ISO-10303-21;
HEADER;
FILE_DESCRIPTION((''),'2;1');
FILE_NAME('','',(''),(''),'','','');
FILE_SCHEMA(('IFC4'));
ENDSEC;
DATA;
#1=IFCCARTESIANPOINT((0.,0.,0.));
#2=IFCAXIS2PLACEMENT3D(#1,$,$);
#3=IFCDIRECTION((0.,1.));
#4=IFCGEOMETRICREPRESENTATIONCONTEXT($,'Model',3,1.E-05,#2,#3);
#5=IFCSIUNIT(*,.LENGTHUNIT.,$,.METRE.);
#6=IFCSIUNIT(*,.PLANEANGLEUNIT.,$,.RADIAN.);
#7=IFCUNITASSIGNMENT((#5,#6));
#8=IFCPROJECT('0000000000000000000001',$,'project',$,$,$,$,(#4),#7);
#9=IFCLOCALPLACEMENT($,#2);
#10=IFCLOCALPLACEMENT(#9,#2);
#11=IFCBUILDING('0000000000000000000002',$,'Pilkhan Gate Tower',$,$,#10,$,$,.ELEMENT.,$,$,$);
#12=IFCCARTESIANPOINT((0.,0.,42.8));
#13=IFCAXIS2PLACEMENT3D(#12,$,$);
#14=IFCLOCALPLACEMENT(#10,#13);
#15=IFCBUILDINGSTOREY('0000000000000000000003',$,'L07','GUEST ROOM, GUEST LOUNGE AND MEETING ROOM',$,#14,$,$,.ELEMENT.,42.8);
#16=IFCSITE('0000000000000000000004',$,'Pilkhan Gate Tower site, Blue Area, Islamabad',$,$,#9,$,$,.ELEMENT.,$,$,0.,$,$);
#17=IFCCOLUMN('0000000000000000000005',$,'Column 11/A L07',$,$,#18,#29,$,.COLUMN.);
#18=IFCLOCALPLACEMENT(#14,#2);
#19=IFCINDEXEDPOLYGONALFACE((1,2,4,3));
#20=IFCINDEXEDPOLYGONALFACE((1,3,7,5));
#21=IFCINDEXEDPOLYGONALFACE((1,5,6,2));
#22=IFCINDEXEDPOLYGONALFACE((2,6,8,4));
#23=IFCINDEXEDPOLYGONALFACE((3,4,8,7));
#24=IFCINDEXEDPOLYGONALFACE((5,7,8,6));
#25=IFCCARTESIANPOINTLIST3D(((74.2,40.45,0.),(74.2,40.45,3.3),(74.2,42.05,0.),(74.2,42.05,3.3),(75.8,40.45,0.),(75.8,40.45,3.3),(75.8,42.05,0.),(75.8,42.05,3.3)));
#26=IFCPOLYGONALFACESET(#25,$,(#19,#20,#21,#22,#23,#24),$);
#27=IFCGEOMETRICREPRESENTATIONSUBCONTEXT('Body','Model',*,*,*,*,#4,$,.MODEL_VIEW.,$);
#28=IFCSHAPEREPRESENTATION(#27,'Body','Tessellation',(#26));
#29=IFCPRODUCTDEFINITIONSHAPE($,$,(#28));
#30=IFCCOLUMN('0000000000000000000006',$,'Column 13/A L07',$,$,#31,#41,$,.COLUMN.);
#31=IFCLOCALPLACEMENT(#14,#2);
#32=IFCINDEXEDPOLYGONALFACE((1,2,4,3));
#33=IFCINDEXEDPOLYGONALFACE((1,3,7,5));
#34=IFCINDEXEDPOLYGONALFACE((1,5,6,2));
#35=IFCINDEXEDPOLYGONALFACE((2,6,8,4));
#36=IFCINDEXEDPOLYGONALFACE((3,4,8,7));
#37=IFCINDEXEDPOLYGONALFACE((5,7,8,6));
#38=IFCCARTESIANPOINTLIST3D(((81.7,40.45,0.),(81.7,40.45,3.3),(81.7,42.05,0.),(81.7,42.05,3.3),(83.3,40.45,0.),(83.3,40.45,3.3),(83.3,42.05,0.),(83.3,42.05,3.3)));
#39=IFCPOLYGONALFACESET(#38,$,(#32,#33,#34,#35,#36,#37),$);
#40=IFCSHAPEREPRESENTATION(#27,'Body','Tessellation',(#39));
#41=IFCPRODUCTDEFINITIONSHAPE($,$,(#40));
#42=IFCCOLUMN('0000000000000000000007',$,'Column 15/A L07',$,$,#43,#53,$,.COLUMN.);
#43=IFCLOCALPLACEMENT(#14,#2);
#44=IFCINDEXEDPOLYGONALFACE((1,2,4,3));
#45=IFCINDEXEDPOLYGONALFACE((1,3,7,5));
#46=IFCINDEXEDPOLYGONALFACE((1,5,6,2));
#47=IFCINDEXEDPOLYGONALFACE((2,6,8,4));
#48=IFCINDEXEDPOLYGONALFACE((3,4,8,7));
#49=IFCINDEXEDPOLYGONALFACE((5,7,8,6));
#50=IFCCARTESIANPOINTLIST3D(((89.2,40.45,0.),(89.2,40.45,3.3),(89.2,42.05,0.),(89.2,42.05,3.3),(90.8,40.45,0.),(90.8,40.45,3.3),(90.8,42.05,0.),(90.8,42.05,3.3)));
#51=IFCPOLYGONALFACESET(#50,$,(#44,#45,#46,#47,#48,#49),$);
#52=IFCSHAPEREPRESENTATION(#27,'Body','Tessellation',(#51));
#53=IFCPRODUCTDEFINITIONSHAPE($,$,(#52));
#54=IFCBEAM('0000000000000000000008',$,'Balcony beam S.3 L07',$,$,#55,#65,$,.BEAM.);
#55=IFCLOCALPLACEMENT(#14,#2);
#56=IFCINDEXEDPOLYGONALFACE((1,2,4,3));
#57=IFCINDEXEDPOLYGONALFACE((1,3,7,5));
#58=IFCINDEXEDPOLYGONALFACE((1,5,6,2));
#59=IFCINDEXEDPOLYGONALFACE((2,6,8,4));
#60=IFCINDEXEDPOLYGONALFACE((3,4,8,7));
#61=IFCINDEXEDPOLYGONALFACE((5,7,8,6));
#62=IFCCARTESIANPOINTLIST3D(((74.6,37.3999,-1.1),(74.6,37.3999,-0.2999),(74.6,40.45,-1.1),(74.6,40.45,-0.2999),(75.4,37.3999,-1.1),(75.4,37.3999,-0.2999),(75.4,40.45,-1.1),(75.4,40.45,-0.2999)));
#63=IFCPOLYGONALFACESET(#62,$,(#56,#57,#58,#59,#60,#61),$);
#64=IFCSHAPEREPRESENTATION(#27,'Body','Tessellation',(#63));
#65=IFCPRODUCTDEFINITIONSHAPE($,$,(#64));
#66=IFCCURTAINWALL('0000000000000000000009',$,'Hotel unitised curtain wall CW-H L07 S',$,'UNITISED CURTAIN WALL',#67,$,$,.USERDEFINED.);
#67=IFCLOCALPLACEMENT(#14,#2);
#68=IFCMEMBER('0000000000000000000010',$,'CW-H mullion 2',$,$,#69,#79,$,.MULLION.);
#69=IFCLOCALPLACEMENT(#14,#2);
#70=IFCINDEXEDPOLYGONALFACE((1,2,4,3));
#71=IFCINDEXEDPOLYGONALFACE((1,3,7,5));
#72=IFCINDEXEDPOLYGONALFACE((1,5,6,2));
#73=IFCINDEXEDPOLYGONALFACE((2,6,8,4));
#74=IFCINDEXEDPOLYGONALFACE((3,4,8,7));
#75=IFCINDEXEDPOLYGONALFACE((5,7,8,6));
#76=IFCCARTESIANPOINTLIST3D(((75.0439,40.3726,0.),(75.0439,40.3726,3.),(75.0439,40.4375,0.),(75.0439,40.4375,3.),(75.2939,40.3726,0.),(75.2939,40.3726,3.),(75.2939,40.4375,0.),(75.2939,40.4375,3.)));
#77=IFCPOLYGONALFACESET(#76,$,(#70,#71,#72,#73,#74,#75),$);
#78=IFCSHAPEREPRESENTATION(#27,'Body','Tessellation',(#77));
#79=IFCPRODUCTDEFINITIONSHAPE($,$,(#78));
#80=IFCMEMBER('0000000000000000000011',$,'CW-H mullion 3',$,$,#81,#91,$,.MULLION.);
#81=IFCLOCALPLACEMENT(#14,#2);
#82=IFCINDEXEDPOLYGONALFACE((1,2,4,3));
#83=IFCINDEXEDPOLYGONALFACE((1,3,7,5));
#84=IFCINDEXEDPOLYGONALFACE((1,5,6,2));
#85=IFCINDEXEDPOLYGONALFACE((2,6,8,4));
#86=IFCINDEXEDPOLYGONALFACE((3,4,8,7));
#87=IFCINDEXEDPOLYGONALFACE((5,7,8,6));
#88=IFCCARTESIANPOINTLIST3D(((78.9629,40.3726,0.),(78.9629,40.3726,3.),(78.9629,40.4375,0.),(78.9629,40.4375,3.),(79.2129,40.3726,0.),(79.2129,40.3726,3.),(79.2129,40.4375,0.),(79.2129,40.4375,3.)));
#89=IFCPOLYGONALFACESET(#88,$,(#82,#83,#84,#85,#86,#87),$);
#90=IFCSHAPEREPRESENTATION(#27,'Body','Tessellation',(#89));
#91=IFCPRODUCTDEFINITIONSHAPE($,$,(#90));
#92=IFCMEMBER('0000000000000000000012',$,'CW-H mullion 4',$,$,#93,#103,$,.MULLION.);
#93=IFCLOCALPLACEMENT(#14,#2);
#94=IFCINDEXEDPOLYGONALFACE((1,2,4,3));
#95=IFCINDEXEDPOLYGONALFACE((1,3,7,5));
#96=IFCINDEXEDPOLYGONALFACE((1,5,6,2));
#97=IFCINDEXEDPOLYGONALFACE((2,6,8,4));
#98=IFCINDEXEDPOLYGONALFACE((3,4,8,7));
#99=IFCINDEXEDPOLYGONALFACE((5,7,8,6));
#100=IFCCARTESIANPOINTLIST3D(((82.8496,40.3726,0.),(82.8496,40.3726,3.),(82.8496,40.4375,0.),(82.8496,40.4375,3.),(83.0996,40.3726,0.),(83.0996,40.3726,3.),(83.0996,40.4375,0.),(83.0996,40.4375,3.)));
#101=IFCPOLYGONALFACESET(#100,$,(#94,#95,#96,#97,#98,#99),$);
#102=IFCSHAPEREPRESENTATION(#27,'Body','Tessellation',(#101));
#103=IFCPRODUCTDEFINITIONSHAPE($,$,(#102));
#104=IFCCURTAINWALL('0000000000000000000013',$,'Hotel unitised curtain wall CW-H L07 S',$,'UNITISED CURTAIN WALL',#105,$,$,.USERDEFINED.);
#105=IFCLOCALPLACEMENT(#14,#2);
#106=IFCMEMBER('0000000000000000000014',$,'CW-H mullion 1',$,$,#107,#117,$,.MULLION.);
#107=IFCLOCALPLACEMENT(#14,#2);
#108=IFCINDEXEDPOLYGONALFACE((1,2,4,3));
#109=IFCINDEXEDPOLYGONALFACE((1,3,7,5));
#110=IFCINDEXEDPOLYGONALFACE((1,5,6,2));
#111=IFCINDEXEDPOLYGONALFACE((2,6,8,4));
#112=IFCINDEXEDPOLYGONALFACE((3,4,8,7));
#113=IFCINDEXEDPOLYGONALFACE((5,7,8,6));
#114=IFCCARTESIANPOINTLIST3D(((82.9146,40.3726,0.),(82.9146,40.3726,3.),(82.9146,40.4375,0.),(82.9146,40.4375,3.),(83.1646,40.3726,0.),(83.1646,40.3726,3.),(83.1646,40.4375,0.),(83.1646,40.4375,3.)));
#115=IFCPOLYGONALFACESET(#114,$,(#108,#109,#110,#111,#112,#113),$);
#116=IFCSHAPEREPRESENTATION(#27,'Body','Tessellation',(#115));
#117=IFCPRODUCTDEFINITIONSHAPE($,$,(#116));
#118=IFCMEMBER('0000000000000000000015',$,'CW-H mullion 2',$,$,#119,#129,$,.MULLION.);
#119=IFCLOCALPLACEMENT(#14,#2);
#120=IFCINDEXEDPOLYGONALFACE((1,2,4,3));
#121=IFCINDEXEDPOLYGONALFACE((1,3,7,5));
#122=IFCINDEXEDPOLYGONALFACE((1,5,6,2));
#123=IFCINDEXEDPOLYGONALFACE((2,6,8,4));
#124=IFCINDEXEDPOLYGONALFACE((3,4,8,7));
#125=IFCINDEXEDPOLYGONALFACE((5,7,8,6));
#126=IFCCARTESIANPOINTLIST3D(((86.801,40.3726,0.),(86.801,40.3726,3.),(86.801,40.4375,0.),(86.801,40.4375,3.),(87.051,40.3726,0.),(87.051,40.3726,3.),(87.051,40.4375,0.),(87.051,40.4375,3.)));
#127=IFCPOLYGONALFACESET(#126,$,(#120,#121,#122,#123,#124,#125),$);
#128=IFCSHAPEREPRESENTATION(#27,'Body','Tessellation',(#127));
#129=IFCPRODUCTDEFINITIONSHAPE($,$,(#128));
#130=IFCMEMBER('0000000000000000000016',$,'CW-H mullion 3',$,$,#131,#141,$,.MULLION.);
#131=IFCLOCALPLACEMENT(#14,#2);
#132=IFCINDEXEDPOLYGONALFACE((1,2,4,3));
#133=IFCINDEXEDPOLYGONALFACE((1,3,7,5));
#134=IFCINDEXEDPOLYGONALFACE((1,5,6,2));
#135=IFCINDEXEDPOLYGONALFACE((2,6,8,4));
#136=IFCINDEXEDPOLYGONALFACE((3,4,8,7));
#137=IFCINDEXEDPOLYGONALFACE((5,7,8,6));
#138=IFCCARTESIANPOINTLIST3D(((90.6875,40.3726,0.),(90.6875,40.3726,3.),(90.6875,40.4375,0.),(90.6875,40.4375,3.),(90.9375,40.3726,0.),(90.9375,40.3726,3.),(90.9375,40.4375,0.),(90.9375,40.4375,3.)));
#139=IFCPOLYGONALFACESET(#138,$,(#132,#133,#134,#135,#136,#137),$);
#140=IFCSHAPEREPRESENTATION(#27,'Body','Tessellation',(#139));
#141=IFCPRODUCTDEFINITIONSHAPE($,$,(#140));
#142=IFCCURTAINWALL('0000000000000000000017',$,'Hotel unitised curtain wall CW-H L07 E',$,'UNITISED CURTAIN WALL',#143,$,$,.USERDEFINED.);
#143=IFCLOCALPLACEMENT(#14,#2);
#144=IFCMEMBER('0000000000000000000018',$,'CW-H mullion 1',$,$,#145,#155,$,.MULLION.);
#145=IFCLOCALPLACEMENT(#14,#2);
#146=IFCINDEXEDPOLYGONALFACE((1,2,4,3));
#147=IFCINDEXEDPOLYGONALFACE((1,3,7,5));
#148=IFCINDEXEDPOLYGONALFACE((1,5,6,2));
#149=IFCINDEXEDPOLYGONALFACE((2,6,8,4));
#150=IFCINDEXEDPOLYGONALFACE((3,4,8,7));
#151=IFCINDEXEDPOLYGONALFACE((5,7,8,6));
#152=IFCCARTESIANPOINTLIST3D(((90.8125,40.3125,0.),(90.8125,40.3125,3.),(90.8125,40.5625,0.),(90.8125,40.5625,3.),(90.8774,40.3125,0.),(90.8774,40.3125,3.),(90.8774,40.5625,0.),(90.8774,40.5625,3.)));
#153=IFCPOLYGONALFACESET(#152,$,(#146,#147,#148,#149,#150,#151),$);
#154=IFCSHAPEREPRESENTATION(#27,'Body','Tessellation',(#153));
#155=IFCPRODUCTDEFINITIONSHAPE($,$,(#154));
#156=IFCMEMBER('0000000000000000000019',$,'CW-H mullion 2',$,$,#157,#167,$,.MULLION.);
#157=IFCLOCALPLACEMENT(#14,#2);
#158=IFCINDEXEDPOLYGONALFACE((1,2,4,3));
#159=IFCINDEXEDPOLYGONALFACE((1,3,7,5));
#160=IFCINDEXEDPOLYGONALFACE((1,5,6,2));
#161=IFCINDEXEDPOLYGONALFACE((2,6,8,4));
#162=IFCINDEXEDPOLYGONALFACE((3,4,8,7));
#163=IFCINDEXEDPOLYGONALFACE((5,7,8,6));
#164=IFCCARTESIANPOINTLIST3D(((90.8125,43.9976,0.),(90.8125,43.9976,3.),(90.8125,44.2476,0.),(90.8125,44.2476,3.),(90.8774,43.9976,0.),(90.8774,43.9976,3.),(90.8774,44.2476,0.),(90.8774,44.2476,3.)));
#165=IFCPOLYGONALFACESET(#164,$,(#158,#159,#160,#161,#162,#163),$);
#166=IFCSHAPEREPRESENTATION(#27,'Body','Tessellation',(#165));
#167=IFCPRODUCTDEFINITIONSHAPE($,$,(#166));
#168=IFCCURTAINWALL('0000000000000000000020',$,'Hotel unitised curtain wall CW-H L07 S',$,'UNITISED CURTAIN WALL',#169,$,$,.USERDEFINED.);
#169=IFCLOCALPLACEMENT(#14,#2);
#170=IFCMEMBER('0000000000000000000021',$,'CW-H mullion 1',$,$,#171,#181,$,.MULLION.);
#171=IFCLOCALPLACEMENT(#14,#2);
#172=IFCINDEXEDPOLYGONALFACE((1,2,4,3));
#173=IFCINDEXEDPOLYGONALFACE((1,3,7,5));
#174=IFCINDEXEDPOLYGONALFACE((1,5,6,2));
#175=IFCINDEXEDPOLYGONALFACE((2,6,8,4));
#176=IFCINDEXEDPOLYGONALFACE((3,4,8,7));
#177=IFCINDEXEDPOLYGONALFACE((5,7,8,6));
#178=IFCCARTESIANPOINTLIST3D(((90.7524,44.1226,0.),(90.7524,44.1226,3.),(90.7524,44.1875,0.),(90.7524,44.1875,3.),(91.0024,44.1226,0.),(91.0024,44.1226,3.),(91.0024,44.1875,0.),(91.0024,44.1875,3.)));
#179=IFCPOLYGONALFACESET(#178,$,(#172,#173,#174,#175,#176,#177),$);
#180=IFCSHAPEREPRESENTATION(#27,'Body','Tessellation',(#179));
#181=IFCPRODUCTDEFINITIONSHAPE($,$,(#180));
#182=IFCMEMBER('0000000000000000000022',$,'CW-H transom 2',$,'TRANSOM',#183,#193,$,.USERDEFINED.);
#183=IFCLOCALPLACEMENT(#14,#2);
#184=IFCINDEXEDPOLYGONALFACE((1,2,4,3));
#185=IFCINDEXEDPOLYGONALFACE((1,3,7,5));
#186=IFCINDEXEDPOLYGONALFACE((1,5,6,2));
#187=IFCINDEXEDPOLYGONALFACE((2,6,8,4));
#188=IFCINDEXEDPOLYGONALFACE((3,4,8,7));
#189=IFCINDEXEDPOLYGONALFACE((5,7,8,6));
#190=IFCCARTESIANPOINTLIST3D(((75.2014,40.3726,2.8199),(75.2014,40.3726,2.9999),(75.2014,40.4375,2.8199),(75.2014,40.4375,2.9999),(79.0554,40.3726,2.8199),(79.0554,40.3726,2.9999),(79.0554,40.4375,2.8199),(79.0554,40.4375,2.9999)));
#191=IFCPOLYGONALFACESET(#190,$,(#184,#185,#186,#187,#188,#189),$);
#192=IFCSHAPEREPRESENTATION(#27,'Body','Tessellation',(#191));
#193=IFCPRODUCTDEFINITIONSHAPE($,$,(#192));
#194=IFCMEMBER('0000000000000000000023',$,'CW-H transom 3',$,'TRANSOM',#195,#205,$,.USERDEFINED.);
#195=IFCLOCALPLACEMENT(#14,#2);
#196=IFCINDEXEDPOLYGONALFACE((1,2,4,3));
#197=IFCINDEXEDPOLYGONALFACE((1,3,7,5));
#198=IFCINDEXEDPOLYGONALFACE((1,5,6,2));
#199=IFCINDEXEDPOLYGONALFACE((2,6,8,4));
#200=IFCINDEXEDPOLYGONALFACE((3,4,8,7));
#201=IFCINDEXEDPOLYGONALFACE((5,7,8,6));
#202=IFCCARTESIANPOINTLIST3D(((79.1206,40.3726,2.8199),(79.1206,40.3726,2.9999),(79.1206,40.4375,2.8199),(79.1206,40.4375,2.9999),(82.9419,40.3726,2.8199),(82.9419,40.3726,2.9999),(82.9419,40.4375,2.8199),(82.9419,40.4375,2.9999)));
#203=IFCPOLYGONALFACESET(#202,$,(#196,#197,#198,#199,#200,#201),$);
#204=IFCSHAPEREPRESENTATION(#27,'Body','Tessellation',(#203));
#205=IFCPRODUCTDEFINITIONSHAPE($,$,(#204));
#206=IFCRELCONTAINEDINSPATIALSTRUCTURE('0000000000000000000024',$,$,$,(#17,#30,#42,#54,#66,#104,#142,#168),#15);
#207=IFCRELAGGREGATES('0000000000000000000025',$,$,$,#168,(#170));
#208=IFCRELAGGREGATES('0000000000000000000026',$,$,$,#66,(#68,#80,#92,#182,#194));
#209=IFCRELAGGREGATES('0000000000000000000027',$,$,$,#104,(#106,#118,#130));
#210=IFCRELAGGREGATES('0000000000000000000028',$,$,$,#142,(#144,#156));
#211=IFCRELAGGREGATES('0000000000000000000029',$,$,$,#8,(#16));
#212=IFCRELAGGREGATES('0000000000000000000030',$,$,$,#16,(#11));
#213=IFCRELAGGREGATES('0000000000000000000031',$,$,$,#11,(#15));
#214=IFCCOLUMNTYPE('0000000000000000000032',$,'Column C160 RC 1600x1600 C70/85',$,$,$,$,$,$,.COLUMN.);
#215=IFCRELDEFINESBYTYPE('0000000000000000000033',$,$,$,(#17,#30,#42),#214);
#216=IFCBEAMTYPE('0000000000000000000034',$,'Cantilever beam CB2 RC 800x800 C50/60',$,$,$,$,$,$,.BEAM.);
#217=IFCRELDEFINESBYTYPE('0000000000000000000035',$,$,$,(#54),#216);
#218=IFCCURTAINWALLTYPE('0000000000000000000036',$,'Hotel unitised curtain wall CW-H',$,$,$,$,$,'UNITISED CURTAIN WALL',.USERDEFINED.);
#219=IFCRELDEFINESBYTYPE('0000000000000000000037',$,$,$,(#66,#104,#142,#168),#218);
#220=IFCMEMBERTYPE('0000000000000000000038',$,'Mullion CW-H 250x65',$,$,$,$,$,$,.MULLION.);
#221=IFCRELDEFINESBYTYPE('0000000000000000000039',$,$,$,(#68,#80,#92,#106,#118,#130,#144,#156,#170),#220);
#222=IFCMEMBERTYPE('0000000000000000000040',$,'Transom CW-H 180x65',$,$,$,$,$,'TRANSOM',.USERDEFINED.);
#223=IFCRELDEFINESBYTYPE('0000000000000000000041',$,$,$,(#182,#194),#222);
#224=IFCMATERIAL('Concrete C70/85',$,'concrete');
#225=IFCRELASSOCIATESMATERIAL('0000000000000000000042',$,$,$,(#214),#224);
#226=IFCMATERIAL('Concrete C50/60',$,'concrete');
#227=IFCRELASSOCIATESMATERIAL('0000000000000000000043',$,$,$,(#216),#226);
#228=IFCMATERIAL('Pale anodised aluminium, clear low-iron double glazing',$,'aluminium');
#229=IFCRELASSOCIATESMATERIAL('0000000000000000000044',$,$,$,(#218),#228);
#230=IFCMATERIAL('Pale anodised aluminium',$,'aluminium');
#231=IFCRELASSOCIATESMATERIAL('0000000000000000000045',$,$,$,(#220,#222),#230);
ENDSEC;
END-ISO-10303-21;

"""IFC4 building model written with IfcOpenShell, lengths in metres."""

from ifc_helpers import new_model, si_unit, direction, frame, origin, origin_2d, place, context, subcontext, project, spatial, rectangle, extrude, material, material_profile, profile_set, type_object, element, aggregate, save


model = new_model("IFC4")

# Units and contexts
model_context = context("Model", 3, precision=1e-05, world=origin(), true_north=direction((0.0, 1.0)))
body_context = subcontext(model_context, "Body", "Model", "MODEL_VIEW")
ifc_project = project(units=[si_unit("LENGTHUNIT", "METRE"), si_unit("PLANEANGLEUNIT", "RADIAN")], contexts=[model_context])

# Site, building, storey
site_placement = place(None, origin())
site = spatial("IfcSite", under=ifc_project, at=site_placement, Name="Pilkhan Gate Tower site, Blue Area, Islamabad", CompositionType="ELEMENT", RefElevation=0.0)
building_placement = place(site_placement, origin())
building = spatial("IfcBuilding", under=site, at=building_placement, Name="Pilkhan Gate Tower", CompositionType="ELEMENT")
storey_placement = place(building_placement, frame((0.0, 0.0, 42.8)))
storey = spatial("IfcBuildingStorey", under=building, at=storey_placement, Name="L07", Description="GUEST ROOM, GUEST LOUNGE AND MEETING ROOM", CompositionType="ELEMENT", Elevation=42.8)

# Columns
ifc_material_1 = material(Name="Concrete C70/85", Category="concrete")
ifc_material_profile_1 = material_profile(ifc_material_1, rectangle(XDim=1.6001, YDim=1.6001, at=origin_2d()), Name="RC 1600x1600")
ifc_profile_set_1 = profile_set([ifc_material_profile_1], Name="Concrete C70/85")
column_type = type_object("IfcColumnType", Name="Column C160 RC 1600x1600 C70/85", PredefinedType="COLUMN", material=ifc_profile_set_1)
for number, where, z_axis, x_axis, name in (
    (1, (75.0, 41.25, 0.0), (0.0, 0.0, 1.0), (1.0, 0.0, 0.0), "Column 11/A L07"),
    (2, (82.5, 41.25, 0.0), (0.0, 0.0, 1.0), (1.0, 0.0, 0.0), "Column 13/A L07"),
    (3, (90.0, 41.25, 0.0), (0.0, 0.0, 1.0), (1.0, 0.0, 0.0), "Column 15/A L07"),
):
    element("IfcColumn", number, at=place(storey_placement, frame(where, z_axis=z_axis, x_axis=x_axis)), inside=storey, type_object=column_type, Name=name, PredefinedType="COLUMN", context=body_context, shape_type="SweptSolid", body=[
        extrude(rectangle(XDim=1.6001, YDim=1.6001, at=origin_2d()), origin(), (0.0, 0.0, 1.0), 3.3),
    ])

# Beam
ifc_material_2 = material(Name="Concrete C50/60", Category="concrete")
ifc_material_profile_2 = material_profile(ifc_material_2, rectangle(XDim=0.8, YDim=0.8, at=origin_2d()), Name="RC 800x800")
ifc_profile_set_2 = profile_set([ifc_material_profile_2], Name="Concrete C50/60")
beam_type = type_object("IfcBeamType", Name="Cantilever beam CB2 RC 800x800 C50/60", PredefinedType="BEAM", material=ifc_profile_set_2)
beam_placement = place(storey_placement, frame((75.0, 40.45, -0.7), z_axis=(0.0, -1.0, 0.0), x_axis=(1.0, 0.0, 0.0)))
element("IfcBeam", 4, at=beam_placement, inside=storey, type_object=beam_type, Name="Balcony beam S.3 L07", PredefinedType="BEAM", context=body_context, shape_type="SweptSolid", body=[
    extrude(rectangle(XDim=0.8, YDim=0.8, at=origin_2d()), origin(), (0.0, 0.0, 1.0), 3.05),
])

# Curtain walls, members
ifc_material_3 = material(Name="Pale anodised aluminium, clear low-iron double glazing", Category="aluminium")
curtain_wall_type = type_object("IfcCurtainWallType", Name="Hotel unitised curtain wall CW-H", ElementType="UNITISED CURTAIN WALL", PredefinedType="USERDEFINED", material=ifc_material_3)
curtain_wall_1_placement = place(storey_placement, origin())
curtain_wall_1 = element("IfcCurtainWall", 5, at=curtain_wall_1_placement, inside=storey, type_object=curtain_wall_type, Name="Hotel unitised curtain wall CW-H L07 S", ObjectType="UNITISED CURTAIN WALL", PredefinedType="USERDEFINED")
ifc_material_4 = material(Name="Pale anodised aluminium", Category="aluminium")
ifc_material_profile_3 = material_profile(ifc_material_4, rectangle(XDim=0.0649, YDim=0.25, at=origin_2d()), Name="Mullion 250x65")
ifc_profile_set_3 = profile_set([ifc_material_profile_3], Name="Pale anodised aluminium")
member_type_1 = type_object("IfcMemberType", Name="Mullion CW-H 250x65", PredefinedType="MULLION", material=ifc_profile_set_3)
member_1_placement = place(storey_placement, frame((75.1689, 40.405, 0.0), z_axis=(0.0, 0.0, 1.0), x_axis=(0.0, 1.0, 0.0)))
member_1 = element("IfcMember", 6, at=member_1_placement, type_object=member_type_1, Name="CW-H mullion 2", PredefinedType="MULLION", context=body_context, shape_type="SweptSolid", body=[
    extrude(rectangle(XDim=0.0649, YDim=0.25, at=origin_2d()), origin(), (0.0, 0.0, 1.0), 3.0),
])
member_2_placement = place(storey_placement, frame((79.0879, 40.405, 0.0), z_axis=(0.0, 0.0, 1.0), x_axis=(0.0, 1.0, 0.0)))
member_2 = element("IfcMember", 7, at=member_2_placement, type_object=member_type_1, Name="CW-H mullion 3", PredefinedType="MULLION", context=body_context, shape_type="SweptSolid", body=[
    extrude(rectangle(XDim=0.0649, YDim=0.25, at=origin_2d()), origin(), (0.0, 0.0, 1.0), 3.0),
])
member_3_placement = place(storey_placement, frame((82.9746, 40.405, 0.0), z_axis=(0.0, 0.0, 1.0), x_axis=(0.0, 1.0, 0.0)))
member_3 = element("IfcMember", 8, at=member_3_placement, type_object=member_type_1, Name="CW-H mullion 4", PredefinedType="MULLION", context=body_context, shape_type="SweptSolid", body=[
    extrude(rectangle(XDim=0.0649, YDim=0.25, at=origin_2d()), origin(), (0.0, 0.0, 1.0), 3.0),
])
curtain_wall_2_placement = place(storey_placement, origin())
curtain_wall_2 = element("IfcCurtainWall", 9, at=curtain_wall_2_placement, inside=storey, type_object=curtain_wall_type, Name="Hotel unitised curtain wall CW-H L07 S", ObjectType="UNITISED CURTAIN WALL", PredefinedType="USERDEFINED")
member_4_placement = place(storey_placement, frame((83.0396, 40.405, 0.0), z_axis=(0.0, 0.0, 1.0), x_axis=(0.0, 1.0, 0.0)))
member_4 = element("IfcMember", 10, at=member_4_placement, type_object=member_type_1, Name="CW-H mullion 1", PredefinedType="MULLION", context=body_context, shape_type="SweptSolid", body=[
    extrude(rectangle(XDim=0.0649, YDim=0.25, at=origin_2d()), origin(), (0.0, 0.0, 1.0), 3.0),
])
member_5_placement = place(storey_placement, frame((86.926, 40.405, 0.0), z_axis=(0.0, 0.0, 1.0), x_axis=(0.0, 1.0, 0.0)))
member_5 = element("IfcMember", 11, at=member_5_placement, type_object=member_type_1, Name="CW-H mullion 2", PredefinedType="MULLION", context=body_context, shape_type="SweptSolid", body=[
    extrude(rectangle(XDim=0.0649, YDim=0.25, at=origin_2d()), origin(), (0.0, 0.0, 1.0), 3.0),
])
member_6_placement = place(storey_placement, frame((90.8125, 40.405, 0.0), z_axis=(0.0, 0.0, 1.0), x_axis=(0.0, 1.0, 0.0)))
member_6 = element("IfcMember", 12, at=member_6_placement, type_object=member_type_1, Name="CW-H mullion 3", PredefinedType="MULLION", context=body_context, shape_type="SweptSolid", body=[
    extrude(rectangle(XDim=0.0649, YDim=0.25, at=origin_2d()), origin(), (0.0, 0.0, 1.0), 3.0),
])
curtain_wall_3_placement = place(storey_placement, origin())
curtain_wall_3 = element("IfcCurtainWall", 13, at=curtain_wall_3_placement, inside=storey, type_object=curtain_wall_type, Name="Hotel unitised curtain wall CW-H L07 E", ObjectType="UNITISED CURTAIN WALL", PredefinedType="USERDEFINED")
member_7_placement = place(storey_placement, frame((90.845, 40.4375, 0.0), z_axis=(0.0, 0.0, 1.0), x_axis=(-1.0, 0.0, 0.0)))
member_7 = element("IfcMember", 14, at=member_7_placement, type_object=member_type_1, Name="CW-H mullion 1", PredefinedType="MULLION", context=body_context, shape_type="SweptSolid", body=[
    extrude(rectangle(XDim=0.0649, YDim=0.25, at=origin_2d()), origin(), (0.0, 0.0, 1.0), 3.0),
])
member_8_placement = place(storey_placement, frame((90.845, 44.1226, 0.0), z_axis=(0.0, 0.0, 1.0), x_axis=(-1.0, 0.0, 0.0)))
member_8 = element("IfcMember", 15, at=member_8_placement, type_object=member_type_1, Name="CW-H mullion 2", PredefinedType="MULLION", context=body_context, shape_type="SweptSolid", body=[
    extrude(rectangle(XDim=0.0649, YDim=0.25, at=origin_2d()), origin(), (0.0, 0.0, 1.0), 3.0),
])

# Curtain wall, member
curtain_wall_4_placement = place(storey_placement, origin())
curtain_wall_4 = element("IfcCurtainWall", 16, at=curtain_wall_4_placement, inside=storey, type_object=curtain_wall_type, Name="Hotel unitised curtain wall CW-H L07 S", ObjectType="UNITISED CURTAIN WALL", PredefinedType="USERDEFINED")
member_9_placement = place(storey_placement, frame((90.8774, 44.155, 0.0), z_axis=(0.0, 0.0, 1.0), x_axis=(0.0, 1.0, 0.0)))
member_9 = element("IfcMember", 17, at=member_9_placement, type_object=member_type_1, Name="CW-H mullion 1", PredefinedType="MULLION", context=body_context, shape_type="SweptSolid", body=[
    extrude(rectangle(XDim=0.0649, YDim=0.25, at=origin_2d()), origin(), (0.0, 0.0, 1.0), 3.0),
])

# Members
ifc_material_profile_4 = material_profile(ifc_material_4, rectangle(XDim=0.0649, YDim=0.1799, at=origin_2d()), Name="Transom 180x65")
ifc_profile_set_4 = profile_set([ifc_material_profile_4], Name="Pale anodised aluminium")
member_type_2 = type_object("IfcMemberType", Name="Transom CW-H 180x65", ElementType="TRANSOM", PredefinedType="USERDEFINED", material=ifc_profile_set_4)
member_10_placement = place(storey_placement, frame((75.2014, 40.405, 2.9099), z_axis=(1.0, 0.0, 0.0), x_axis=(0.0, 1.0, 0.0)))
member_10 = element("IfcMember", 18, at=member_10_placement, type_object=member_type_2, Name="CW-H transom 2", ObjectType="TRANSOM", PredefinedType="USERDEFINED", context=body_context, shape_type="SweptSolid", body=[
    extrude(rectangle(XDim=0.0649, YDim=0.1799, at=origin_2d()), origin(), (0.0, 0.0, 1.0), 3.854),
])
member_11_placement = place(storey_placement, frame((79.1206, 40.405, 2.9099), z_axis=(1.0, 0.0, 0.0), x_axis=(0.0, 1.0, 0.0)))
member_11 = element("IfcMember", 19, at=member_11_placement, type_object=member_type_2, Name="CW-H transom 3", ObjectType="TRANSOM", PredefinedType="USERDEFINED", context=body_context, shape_type="SweptSolid", body=[
    extrude(rectangle(XDim=0.0649, YDim=0.1799, at=origin_2d()), origin(), (0.0, 0.0, 1.0), 3.8213),
])
aggregate(curtain_wall_4, [member_9])

aggregate(curtain_wall_1, [member_1, member_2, member_3, member_10, member_11])
aggregate(curtain_wall_2, [member_4, member_5, member_6])
aggregate(curtain_wall_3, [member_7, member_8])

save(model, "model.ifc")
